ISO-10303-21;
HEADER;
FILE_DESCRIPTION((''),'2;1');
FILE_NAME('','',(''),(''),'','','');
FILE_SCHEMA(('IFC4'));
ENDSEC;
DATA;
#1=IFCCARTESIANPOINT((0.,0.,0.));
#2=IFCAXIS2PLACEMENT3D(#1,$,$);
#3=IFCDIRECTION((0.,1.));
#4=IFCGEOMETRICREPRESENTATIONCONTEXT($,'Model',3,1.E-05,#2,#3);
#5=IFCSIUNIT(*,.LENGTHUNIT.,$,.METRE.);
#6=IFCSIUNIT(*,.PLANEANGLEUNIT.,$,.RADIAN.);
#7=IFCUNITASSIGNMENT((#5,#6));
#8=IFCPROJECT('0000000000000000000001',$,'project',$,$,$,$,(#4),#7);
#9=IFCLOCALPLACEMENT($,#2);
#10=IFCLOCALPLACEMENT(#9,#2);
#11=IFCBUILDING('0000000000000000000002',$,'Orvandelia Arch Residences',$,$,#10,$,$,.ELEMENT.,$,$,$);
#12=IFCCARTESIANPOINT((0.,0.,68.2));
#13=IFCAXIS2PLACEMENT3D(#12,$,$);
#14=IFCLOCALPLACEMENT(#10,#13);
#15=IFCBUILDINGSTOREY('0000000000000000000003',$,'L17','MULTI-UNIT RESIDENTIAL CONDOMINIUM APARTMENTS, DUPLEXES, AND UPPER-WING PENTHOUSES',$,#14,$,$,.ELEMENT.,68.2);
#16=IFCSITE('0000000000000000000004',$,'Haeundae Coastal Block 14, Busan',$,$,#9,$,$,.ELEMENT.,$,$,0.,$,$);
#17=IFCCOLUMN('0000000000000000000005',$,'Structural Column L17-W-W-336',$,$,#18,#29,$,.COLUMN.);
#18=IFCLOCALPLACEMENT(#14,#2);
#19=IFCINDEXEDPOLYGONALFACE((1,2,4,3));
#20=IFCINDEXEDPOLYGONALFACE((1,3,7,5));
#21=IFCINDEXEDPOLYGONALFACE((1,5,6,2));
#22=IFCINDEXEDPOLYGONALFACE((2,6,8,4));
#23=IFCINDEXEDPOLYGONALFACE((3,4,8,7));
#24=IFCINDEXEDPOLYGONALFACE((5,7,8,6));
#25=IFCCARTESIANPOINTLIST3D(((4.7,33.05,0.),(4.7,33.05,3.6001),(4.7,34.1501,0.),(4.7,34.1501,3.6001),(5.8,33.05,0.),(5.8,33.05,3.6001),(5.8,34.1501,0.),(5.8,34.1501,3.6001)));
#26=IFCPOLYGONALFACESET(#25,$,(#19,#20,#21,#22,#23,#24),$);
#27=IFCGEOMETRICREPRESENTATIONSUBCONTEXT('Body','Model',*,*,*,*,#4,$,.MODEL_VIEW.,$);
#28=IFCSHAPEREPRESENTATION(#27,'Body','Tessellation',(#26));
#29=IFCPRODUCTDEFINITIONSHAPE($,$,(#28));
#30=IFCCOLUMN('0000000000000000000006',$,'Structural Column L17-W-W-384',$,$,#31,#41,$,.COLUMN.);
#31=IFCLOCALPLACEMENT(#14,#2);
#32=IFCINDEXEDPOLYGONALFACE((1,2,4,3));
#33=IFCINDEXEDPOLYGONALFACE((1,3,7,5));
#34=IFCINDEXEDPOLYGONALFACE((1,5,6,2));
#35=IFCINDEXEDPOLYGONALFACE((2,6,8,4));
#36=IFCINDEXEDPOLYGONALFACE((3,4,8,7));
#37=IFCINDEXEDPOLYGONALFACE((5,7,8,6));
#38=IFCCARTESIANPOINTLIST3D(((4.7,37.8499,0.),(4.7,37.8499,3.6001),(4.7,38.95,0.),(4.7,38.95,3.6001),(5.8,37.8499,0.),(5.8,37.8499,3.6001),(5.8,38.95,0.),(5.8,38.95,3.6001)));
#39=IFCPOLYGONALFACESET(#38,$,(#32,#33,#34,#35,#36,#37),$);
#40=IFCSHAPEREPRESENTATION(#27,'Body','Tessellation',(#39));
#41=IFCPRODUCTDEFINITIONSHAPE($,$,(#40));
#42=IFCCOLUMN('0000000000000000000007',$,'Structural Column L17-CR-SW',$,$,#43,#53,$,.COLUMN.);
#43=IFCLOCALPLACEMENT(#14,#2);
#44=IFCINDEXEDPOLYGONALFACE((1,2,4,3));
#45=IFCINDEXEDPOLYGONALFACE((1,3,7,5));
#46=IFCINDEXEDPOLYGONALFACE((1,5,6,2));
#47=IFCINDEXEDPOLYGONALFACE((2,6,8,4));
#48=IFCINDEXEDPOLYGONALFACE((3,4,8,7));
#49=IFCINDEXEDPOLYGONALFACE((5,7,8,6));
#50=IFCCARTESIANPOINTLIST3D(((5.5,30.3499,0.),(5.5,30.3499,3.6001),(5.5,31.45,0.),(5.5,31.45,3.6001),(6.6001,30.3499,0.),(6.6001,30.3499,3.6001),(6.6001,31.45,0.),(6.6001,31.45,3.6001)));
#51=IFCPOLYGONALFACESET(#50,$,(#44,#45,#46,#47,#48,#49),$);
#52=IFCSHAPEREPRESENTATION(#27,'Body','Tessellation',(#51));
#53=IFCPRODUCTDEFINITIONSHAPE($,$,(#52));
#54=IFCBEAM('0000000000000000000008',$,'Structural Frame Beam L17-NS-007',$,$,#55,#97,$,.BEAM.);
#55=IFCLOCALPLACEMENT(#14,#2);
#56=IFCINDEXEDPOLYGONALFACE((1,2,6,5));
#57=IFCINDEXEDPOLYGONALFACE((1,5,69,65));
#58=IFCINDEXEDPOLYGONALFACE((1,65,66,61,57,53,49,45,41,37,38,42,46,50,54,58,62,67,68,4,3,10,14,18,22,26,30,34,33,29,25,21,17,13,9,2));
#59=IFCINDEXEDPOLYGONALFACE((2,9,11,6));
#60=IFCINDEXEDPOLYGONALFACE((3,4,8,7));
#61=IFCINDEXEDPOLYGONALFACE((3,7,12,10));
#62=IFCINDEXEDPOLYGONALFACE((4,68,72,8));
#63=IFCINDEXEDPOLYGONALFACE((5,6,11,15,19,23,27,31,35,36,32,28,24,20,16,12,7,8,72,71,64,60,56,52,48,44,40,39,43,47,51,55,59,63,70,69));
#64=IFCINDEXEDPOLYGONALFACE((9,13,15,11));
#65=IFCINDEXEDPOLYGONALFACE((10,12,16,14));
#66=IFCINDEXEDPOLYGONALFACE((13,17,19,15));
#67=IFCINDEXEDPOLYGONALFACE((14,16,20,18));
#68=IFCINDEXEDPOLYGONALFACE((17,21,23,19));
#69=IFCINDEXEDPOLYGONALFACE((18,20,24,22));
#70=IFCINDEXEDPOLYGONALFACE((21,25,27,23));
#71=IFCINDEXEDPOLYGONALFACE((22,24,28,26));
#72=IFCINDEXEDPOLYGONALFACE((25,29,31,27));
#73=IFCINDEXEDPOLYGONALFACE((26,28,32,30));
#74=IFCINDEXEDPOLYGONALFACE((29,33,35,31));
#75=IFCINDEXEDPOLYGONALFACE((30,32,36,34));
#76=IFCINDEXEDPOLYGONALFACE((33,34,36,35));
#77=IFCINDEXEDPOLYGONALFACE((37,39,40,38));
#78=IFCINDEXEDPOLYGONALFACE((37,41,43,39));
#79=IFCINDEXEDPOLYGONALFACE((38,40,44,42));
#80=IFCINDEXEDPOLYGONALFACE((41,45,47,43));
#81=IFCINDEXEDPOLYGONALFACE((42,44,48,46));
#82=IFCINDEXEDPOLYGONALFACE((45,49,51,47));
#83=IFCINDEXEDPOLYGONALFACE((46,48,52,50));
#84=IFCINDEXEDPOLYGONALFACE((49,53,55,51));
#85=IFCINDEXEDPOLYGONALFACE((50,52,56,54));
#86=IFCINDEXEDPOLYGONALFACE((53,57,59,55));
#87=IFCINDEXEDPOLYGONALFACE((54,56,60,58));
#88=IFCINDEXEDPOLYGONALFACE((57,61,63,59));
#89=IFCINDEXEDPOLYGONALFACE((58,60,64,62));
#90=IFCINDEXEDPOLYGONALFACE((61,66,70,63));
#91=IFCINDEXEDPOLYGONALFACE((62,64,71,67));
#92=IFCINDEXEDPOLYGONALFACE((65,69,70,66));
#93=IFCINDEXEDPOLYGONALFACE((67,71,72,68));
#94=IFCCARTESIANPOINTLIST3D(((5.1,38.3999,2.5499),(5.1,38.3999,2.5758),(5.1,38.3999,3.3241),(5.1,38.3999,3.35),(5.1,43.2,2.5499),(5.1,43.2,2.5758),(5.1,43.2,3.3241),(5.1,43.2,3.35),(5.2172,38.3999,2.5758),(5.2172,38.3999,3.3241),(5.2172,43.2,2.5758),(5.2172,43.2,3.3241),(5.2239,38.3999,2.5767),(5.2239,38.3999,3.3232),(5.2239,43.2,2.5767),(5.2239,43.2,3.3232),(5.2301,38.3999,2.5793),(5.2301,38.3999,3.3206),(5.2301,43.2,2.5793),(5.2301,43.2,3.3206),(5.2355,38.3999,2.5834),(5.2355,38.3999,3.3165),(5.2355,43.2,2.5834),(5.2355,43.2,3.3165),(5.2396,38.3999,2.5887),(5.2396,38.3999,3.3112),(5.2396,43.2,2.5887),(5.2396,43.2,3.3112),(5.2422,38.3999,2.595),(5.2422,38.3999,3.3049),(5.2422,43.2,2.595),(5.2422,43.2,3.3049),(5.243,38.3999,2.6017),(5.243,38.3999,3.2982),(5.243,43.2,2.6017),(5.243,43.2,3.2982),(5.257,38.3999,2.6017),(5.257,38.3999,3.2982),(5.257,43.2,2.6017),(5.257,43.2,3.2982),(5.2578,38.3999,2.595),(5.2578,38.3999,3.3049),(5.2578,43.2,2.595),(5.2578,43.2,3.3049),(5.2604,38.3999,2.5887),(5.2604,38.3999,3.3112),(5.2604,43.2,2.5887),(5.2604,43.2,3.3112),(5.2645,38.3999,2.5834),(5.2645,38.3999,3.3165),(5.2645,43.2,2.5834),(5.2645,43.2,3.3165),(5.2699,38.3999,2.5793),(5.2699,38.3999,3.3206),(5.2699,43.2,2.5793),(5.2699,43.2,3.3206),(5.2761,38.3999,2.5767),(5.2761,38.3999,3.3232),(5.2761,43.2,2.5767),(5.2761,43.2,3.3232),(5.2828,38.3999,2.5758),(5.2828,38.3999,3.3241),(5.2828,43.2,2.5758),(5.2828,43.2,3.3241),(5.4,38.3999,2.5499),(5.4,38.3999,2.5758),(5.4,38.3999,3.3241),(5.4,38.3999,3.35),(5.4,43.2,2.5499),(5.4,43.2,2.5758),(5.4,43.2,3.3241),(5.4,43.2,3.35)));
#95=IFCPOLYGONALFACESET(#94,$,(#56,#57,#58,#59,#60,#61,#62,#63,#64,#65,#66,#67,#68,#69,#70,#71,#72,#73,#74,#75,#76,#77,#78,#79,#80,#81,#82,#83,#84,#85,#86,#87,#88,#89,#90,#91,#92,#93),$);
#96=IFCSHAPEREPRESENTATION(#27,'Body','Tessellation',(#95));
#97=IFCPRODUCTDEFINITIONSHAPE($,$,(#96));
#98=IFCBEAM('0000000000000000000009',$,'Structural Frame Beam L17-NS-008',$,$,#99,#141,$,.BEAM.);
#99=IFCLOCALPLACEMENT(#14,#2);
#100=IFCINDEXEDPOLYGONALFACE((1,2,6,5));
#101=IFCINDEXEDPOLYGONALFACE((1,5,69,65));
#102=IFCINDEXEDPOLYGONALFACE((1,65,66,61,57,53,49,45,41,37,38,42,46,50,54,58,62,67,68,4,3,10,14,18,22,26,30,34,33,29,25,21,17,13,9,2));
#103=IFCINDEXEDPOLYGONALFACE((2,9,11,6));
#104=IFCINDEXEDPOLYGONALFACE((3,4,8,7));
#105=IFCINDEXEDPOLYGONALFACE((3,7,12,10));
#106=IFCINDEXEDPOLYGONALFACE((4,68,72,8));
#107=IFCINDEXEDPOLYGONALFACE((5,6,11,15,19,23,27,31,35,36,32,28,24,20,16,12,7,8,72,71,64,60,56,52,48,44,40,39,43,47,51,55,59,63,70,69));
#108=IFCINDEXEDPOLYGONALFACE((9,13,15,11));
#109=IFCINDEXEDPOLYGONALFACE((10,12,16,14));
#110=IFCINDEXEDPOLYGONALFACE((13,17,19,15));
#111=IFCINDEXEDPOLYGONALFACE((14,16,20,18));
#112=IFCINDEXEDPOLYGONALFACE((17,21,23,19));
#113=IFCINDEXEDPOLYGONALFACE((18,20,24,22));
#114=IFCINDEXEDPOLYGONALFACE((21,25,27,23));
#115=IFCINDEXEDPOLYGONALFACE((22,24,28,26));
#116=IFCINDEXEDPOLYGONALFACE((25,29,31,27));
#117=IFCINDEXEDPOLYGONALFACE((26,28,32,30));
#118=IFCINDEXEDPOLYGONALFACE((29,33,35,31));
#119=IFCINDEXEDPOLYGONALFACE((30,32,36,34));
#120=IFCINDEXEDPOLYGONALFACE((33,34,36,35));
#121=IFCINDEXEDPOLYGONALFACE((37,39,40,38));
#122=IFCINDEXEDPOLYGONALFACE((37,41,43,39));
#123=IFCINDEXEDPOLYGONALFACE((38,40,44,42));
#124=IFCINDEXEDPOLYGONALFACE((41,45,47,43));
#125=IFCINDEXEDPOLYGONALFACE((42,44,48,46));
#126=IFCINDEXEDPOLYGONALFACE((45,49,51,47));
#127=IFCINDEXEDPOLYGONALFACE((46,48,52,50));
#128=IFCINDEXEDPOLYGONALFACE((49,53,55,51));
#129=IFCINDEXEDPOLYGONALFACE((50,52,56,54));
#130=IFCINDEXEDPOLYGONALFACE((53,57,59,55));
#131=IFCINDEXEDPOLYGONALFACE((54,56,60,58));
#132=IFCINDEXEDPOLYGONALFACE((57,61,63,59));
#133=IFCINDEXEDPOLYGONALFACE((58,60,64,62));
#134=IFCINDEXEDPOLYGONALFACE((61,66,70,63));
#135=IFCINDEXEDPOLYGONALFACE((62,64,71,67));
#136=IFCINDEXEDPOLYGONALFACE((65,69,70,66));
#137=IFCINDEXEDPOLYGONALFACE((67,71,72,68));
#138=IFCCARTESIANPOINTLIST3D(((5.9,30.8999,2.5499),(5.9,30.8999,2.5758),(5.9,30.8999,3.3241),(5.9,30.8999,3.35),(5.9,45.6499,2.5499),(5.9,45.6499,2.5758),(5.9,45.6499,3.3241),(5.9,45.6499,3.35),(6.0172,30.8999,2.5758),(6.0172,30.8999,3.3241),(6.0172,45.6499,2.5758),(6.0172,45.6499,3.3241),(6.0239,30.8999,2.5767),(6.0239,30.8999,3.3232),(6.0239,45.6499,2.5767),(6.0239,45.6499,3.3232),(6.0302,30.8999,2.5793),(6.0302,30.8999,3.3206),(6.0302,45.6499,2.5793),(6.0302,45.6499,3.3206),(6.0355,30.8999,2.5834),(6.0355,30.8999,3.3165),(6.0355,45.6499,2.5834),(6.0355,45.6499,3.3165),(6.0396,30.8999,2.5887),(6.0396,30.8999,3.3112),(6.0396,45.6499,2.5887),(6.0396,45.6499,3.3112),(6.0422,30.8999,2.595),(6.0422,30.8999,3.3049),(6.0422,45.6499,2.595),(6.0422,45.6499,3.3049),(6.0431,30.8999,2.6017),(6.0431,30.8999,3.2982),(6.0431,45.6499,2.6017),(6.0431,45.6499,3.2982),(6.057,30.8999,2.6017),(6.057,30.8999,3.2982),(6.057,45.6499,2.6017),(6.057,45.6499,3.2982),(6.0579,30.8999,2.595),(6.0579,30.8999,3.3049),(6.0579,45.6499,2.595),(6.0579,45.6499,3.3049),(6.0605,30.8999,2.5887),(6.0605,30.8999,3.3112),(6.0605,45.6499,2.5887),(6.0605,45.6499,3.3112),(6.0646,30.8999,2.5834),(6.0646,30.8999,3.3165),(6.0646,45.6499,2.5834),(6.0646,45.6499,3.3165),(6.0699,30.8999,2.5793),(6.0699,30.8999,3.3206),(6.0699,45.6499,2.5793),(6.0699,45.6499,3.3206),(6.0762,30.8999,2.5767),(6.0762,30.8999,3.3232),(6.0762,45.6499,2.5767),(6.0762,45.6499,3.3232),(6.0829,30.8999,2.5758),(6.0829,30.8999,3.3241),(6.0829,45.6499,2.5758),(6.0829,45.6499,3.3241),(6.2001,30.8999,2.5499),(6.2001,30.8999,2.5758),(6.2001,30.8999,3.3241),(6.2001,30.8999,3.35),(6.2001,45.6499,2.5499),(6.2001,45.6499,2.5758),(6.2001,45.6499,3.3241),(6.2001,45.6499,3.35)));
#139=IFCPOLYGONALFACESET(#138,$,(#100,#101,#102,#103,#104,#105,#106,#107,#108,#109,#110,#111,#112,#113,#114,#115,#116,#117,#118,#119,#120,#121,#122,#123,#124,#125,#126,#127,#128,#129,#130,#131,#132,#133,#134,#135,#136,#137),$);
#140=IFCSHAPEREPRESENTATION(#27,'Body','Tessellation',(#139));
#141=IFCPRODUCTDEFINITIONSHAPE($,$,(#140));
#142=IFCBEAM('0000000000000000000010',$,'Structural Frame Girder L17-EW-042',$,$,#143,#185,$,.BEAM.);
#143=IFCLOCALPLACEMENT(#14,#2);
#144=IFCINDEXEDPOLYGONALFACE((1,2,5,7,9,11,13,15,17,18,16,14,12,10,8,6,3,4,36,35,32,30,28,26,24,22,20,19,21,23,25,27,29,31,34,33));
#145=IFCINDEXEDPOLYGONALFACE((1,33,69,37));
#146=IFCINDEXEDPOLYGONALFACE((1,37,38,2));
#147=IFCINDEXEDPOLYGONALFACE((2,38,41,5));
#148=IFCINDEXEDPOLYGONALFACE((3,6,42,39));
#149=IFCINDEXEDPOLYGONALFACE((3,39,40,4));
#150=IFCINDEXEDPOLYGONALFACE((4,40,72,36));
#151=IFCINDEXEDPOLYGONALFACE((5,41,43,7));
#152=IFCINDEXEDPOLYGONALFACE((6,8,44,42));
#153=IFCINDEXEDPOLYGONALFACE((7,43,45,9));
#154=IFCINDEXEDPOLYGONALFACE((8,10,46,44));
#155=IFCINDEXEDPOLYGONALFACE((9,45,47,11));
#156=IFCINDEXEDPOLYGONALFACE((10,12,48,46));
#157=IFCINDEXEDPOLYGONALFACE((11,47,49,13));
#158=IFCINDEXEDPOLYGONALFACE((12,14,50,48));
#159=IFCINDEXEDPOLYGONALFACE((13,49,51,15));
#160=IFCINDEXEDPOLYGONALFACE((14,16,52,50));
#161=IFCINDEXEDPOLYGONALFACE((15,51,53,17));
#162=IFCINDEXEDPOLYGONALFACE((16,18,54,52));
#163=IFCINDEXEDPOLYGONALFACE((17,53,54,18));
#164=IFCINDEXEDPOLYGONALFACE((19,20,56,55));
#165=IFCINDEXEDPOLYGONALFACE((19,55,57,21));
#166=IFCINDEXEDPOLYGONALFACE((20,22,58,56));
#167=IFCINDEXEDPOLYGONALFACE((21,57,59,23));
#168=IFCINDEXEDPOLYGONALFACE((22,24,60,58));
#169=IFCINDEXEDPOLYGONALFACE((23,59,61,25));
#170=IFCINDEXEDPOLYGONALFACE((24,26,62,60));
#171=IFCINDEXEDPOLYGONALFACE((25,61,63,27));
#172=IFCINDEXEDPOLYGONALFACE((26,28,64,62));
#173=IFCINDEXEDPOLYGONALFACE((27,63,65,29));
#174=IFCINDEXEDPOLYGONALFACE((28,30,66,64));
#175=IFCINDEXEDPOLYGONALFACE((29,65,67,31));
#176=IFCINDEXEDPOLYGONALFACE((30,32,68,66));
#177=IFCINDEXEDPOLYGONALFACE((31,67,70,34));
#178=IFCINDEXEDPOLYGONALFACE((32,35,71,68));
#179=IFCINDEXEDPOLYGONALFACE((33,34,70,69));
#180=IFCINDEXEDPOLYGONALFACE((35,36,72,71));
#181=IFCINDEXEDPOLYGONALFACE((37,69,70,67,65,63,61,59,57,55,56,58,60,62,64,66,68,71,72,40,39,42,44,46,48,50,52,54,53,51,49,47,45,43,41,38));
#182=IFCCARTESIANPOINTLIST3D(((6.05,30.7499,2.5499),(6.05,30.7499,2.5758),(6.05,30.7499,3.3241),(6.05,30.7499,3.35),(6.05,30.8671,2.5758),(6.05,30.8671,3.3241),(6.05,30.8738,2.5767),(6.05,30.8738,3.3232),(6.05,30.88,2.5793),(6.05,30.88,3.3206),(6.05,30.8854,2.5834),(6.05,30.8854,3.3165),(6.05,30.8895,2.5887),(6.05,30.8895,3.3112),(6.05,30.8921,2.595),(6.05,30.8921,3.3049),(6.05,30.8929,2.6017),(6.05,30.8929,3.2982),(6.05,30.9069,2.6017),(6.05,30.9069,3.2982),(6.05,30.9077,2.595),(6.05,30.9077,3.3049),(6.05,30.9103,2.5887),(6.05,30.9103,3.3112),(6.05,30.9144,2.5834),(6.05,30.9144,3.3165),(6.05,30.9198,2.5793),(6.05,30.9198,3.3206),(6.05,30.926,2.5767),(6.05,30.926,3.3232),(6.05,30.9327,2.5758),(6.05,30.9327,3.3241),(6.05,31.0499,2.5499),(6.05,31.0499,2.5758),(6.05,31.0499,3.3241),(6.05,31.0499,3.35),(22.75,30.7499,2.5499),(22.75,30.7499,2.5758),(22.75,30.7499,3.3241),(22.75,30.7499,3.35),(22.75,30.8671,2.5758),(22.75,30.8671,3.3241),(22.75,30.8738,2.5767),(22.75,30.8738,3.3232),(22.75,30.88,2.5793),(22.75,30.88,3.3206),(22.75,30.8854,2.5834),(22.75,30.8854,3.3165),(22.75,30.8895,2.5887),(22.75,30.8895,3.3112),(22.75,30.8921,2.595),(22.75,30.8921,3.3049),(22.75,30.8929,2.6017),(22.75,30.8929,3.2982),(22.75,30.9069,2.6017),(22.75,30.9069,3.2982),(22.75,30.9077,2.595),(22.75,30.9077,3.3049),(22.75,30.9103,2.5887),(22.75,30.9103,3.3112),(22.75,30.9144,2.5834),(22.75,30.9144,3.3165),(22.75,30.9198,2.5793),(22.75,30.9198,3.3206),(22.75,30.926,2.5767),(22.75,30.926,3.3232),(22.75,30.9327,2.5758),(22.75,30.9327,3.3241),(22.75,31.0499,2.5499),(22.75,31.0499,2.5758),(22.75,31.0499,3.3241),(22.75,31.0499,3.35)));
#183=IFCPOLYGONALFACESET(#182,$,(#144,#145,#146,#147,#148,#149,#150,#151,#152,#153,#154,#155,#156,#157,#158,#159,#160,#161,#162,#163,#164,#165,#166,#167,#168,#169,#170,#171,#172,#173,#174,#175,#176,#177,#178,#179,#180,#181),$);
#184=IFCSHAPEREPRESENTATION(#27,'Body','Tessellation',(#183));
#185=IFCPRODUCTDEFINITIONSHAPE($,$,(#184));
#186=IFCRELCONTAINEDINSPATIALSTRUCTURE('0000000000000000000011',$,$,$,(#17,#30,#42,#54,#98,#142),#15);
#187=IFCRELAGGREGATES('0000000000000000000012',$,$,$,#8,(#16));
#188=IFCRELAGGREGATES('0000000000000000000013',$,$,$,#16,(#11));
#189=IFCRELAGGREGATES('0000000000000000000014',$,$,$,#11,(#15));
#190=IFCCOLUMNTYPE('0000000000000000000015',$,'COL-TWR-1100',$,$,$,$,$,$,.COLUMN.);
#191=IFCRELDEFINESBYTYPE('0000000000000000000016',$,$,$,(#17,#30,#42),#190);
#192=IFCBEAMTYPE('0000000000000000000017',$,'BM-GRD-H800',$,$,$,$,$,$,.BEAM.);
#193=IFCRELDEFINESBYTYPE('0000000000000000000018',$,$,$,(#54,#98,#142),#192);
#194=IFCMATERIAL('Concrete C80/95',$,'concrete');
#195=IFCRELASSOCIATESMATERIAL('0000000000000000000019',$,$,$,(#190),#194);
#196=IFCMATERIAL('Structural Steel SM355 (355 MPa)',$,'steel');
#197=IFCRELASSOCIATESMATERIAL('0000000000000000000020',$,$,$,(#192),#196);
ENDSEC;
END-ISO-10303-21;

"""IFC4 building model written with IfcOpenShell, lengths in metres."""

from ifc_helpers import new_model, si_unit, direction, frame, origin, origin_2d, place, context, subcontext, project, spatial, rectangle, i_section, extrude, material, material_profile, profile_set, type_object, element, save


model = new_model("IFC4")

# Units and contexts
model_context = context("Model", 3, precision=1e-05, world=origin(), true_north=direction((0.0, 1.0)))
body_context = subcontext(model_context, "Body", "Model", "MODEL_VIEW")
ifc_project = project(units=[si_unit("LENGTHUNIT", "METRE"), si_unit("PLANEANGLEUNIT", "RADIAN")], contexts=[model_context])

# Site, building, storey
site_placement = place(None, origin())
site = spatial("IfcSite", under=ifc_project, at=site_placement, Name="Haeundae Coastal Block 14, Busan", CompositionType="ELEMENT", RefElevation=0.0)
building_placement = place(site_placement, origin())
building = spatial("IfcBuilding", under=site, at=building_placement, Name="Orvandelia Arch Residences", CompositionType="ELEMENT")
storey_placement = place(building_placement, frame((0.0, 0.0, 68.2)))
storey = spatial("IfcBuildingStorey", under=building, at=storey_placement, Name="L17", Description="MULTI-UNIT RESIDENTIAL CONDOMINIUM APARTMENTS, DUPLEXES, AND UPPER-WING PENTHOUSES", CompositionType="ELEMENT", Elevation=68.2)

# Columns
ifc_material_1 = material(Name="Concrete C80/95", Category="concrete")
ifc_material_profile_1 = material_profile(ifc_material_1, rectangle(XDim=1.1001, YDim=1.1001, at=origin_2d()), Name="Concrete C80/95", Category="concrete")
ifc_profile_set_1 = profile_set([ifc_material_profile_1], Name="Concrete C80/95")
column_type = type_object("IfcColumnType", Name="COL-TWR-1100", PredefinedType="COLUMN", material=ifc_profile_set_1)
for number, where, z_axis, x_axis, name in (
    (1, (5.25, 33.6001, 0.0), (0.0, 0.0, 1.0), (1.0, 0.0, 0.0), "Structural Column L17-W-W-336"),
    (2, (5.25, 38.3999, 0.0), (0.0, 0.0, 1.0), (1.0, 0.0, 0.0), "Structural Column L17-W-W-384"),
    (3, (6.05, 30.8999, 0.0), (0.0, 0.0, 1.0), (1.0, 0.0, 0.0), "Structural Column L17-CR-SW"),
):
    element("IfcColumn", number, at=place(storey_placement, frame(where, z_axis=z_axis, x_axis=x_axis)), inside=storey, type_object=column_type, Name=name, PredefinedType="COLUMN", context=body_context, shape_type="SweptSolid", body=[
        extrude(rectangle(XDim=1.1001, YDim=1.1001, at=origin_2d()), origin(), (0.0, 0.0, 1.0), 3.6001),
    ])

# Beams
ifc_material_2 = material(Name="Structural Steel SM355 (355 MPa)", Category="steel")
ifc_material_profile_2 = material_profile(ifc_material_2, i_section(OverallWidth=0.3, OverallDepth=0.8, WebThickness=0.0139, FlangeThickness=0.0259, FilletRadius=0.0259, at=origin_2d()), Name="Structural Steel SM355 (355 MPa)", Category="steel")
ifc_profile_set_2 = profile_set([ifc_material_profile_2], Name="Structural Steel SM355 (355 MPa)")
beam_type_1 = type_object("IfcBeamType", Name="BM-GRD-H800", PredefinedType="BEAM", material=ifc_profile_set_2)
beam_1_placement = place(storey_placement, frame((5.25, 38.3999, 2.95), z_axis=(0.0, 1.0, 0.0), x_axis=(-1.0, 0.0, 0.0)))
element("IfcBeam", 4, at=beam_1_placement, inside=storey, type_object=beam_type_1, Name="Structural Frame Beam L17-NS-007", PredefinedType="BEAM", context=body_context, shape_type="SweptSolid", body=[
    extrude(i_section(OverallWidth=0.3, OverallDepth=0.8, WebThickness=0.0139, FlangeThickness=0.0259, FilletRadius=0.0259, at=origin_2d()), origin(), (0.0, 0.0, 1.0), 4.8),
])
beam_2_placement = place(storey_placement, frame((6.05, 30.8999, 2.95), z_axis=(0.0, 1.0, 0.0), x_axis=(-1.0, 0.0, 0.0)))
element("IfcBeam", 5, at=beam_2_placement, inside=storey, type_object=beam_type_1, Name="Structural Frame Beam L17-NS-008", PredefinedType="BEAM", context=body_context, shape_type="SweptSolid", body=[
    extrude(i_section(OverallWidth=0.3, OverallDepth=0.8, WebThickness=0.0139, FlangeThickness=0.0259, FilletRadius=0.0259, at=origin_2d()), origin(), (0.0, 0.0, 1.0), 14.75),
])
beam_3_placement = place(storey_placement, frame((6.05, 30.8999, 2.95), z_axis=(1.0, 0.0, 0.0), x_axis=(0.0, 1.0, 0.0)))
element("IfcBeam", 6, at=beam_3_placement, inside=storey, type_object=beam_type_1, Name="Structural Frame Girder L17-EW-042", PredefinedType="BEAM", context=body_context, shape_type="SweptSolid", body=[
    extrude(i_section(OverallWidth=0.3, OverallDepth=0.8, WebThickness=0.0139, FlangeThickness=0.0259, FilletRadius=0.0259, at=origin_2d()), origin(), (0.0, 0.0, 1.0), 16.7),
])

save(model, "model.ifc")
